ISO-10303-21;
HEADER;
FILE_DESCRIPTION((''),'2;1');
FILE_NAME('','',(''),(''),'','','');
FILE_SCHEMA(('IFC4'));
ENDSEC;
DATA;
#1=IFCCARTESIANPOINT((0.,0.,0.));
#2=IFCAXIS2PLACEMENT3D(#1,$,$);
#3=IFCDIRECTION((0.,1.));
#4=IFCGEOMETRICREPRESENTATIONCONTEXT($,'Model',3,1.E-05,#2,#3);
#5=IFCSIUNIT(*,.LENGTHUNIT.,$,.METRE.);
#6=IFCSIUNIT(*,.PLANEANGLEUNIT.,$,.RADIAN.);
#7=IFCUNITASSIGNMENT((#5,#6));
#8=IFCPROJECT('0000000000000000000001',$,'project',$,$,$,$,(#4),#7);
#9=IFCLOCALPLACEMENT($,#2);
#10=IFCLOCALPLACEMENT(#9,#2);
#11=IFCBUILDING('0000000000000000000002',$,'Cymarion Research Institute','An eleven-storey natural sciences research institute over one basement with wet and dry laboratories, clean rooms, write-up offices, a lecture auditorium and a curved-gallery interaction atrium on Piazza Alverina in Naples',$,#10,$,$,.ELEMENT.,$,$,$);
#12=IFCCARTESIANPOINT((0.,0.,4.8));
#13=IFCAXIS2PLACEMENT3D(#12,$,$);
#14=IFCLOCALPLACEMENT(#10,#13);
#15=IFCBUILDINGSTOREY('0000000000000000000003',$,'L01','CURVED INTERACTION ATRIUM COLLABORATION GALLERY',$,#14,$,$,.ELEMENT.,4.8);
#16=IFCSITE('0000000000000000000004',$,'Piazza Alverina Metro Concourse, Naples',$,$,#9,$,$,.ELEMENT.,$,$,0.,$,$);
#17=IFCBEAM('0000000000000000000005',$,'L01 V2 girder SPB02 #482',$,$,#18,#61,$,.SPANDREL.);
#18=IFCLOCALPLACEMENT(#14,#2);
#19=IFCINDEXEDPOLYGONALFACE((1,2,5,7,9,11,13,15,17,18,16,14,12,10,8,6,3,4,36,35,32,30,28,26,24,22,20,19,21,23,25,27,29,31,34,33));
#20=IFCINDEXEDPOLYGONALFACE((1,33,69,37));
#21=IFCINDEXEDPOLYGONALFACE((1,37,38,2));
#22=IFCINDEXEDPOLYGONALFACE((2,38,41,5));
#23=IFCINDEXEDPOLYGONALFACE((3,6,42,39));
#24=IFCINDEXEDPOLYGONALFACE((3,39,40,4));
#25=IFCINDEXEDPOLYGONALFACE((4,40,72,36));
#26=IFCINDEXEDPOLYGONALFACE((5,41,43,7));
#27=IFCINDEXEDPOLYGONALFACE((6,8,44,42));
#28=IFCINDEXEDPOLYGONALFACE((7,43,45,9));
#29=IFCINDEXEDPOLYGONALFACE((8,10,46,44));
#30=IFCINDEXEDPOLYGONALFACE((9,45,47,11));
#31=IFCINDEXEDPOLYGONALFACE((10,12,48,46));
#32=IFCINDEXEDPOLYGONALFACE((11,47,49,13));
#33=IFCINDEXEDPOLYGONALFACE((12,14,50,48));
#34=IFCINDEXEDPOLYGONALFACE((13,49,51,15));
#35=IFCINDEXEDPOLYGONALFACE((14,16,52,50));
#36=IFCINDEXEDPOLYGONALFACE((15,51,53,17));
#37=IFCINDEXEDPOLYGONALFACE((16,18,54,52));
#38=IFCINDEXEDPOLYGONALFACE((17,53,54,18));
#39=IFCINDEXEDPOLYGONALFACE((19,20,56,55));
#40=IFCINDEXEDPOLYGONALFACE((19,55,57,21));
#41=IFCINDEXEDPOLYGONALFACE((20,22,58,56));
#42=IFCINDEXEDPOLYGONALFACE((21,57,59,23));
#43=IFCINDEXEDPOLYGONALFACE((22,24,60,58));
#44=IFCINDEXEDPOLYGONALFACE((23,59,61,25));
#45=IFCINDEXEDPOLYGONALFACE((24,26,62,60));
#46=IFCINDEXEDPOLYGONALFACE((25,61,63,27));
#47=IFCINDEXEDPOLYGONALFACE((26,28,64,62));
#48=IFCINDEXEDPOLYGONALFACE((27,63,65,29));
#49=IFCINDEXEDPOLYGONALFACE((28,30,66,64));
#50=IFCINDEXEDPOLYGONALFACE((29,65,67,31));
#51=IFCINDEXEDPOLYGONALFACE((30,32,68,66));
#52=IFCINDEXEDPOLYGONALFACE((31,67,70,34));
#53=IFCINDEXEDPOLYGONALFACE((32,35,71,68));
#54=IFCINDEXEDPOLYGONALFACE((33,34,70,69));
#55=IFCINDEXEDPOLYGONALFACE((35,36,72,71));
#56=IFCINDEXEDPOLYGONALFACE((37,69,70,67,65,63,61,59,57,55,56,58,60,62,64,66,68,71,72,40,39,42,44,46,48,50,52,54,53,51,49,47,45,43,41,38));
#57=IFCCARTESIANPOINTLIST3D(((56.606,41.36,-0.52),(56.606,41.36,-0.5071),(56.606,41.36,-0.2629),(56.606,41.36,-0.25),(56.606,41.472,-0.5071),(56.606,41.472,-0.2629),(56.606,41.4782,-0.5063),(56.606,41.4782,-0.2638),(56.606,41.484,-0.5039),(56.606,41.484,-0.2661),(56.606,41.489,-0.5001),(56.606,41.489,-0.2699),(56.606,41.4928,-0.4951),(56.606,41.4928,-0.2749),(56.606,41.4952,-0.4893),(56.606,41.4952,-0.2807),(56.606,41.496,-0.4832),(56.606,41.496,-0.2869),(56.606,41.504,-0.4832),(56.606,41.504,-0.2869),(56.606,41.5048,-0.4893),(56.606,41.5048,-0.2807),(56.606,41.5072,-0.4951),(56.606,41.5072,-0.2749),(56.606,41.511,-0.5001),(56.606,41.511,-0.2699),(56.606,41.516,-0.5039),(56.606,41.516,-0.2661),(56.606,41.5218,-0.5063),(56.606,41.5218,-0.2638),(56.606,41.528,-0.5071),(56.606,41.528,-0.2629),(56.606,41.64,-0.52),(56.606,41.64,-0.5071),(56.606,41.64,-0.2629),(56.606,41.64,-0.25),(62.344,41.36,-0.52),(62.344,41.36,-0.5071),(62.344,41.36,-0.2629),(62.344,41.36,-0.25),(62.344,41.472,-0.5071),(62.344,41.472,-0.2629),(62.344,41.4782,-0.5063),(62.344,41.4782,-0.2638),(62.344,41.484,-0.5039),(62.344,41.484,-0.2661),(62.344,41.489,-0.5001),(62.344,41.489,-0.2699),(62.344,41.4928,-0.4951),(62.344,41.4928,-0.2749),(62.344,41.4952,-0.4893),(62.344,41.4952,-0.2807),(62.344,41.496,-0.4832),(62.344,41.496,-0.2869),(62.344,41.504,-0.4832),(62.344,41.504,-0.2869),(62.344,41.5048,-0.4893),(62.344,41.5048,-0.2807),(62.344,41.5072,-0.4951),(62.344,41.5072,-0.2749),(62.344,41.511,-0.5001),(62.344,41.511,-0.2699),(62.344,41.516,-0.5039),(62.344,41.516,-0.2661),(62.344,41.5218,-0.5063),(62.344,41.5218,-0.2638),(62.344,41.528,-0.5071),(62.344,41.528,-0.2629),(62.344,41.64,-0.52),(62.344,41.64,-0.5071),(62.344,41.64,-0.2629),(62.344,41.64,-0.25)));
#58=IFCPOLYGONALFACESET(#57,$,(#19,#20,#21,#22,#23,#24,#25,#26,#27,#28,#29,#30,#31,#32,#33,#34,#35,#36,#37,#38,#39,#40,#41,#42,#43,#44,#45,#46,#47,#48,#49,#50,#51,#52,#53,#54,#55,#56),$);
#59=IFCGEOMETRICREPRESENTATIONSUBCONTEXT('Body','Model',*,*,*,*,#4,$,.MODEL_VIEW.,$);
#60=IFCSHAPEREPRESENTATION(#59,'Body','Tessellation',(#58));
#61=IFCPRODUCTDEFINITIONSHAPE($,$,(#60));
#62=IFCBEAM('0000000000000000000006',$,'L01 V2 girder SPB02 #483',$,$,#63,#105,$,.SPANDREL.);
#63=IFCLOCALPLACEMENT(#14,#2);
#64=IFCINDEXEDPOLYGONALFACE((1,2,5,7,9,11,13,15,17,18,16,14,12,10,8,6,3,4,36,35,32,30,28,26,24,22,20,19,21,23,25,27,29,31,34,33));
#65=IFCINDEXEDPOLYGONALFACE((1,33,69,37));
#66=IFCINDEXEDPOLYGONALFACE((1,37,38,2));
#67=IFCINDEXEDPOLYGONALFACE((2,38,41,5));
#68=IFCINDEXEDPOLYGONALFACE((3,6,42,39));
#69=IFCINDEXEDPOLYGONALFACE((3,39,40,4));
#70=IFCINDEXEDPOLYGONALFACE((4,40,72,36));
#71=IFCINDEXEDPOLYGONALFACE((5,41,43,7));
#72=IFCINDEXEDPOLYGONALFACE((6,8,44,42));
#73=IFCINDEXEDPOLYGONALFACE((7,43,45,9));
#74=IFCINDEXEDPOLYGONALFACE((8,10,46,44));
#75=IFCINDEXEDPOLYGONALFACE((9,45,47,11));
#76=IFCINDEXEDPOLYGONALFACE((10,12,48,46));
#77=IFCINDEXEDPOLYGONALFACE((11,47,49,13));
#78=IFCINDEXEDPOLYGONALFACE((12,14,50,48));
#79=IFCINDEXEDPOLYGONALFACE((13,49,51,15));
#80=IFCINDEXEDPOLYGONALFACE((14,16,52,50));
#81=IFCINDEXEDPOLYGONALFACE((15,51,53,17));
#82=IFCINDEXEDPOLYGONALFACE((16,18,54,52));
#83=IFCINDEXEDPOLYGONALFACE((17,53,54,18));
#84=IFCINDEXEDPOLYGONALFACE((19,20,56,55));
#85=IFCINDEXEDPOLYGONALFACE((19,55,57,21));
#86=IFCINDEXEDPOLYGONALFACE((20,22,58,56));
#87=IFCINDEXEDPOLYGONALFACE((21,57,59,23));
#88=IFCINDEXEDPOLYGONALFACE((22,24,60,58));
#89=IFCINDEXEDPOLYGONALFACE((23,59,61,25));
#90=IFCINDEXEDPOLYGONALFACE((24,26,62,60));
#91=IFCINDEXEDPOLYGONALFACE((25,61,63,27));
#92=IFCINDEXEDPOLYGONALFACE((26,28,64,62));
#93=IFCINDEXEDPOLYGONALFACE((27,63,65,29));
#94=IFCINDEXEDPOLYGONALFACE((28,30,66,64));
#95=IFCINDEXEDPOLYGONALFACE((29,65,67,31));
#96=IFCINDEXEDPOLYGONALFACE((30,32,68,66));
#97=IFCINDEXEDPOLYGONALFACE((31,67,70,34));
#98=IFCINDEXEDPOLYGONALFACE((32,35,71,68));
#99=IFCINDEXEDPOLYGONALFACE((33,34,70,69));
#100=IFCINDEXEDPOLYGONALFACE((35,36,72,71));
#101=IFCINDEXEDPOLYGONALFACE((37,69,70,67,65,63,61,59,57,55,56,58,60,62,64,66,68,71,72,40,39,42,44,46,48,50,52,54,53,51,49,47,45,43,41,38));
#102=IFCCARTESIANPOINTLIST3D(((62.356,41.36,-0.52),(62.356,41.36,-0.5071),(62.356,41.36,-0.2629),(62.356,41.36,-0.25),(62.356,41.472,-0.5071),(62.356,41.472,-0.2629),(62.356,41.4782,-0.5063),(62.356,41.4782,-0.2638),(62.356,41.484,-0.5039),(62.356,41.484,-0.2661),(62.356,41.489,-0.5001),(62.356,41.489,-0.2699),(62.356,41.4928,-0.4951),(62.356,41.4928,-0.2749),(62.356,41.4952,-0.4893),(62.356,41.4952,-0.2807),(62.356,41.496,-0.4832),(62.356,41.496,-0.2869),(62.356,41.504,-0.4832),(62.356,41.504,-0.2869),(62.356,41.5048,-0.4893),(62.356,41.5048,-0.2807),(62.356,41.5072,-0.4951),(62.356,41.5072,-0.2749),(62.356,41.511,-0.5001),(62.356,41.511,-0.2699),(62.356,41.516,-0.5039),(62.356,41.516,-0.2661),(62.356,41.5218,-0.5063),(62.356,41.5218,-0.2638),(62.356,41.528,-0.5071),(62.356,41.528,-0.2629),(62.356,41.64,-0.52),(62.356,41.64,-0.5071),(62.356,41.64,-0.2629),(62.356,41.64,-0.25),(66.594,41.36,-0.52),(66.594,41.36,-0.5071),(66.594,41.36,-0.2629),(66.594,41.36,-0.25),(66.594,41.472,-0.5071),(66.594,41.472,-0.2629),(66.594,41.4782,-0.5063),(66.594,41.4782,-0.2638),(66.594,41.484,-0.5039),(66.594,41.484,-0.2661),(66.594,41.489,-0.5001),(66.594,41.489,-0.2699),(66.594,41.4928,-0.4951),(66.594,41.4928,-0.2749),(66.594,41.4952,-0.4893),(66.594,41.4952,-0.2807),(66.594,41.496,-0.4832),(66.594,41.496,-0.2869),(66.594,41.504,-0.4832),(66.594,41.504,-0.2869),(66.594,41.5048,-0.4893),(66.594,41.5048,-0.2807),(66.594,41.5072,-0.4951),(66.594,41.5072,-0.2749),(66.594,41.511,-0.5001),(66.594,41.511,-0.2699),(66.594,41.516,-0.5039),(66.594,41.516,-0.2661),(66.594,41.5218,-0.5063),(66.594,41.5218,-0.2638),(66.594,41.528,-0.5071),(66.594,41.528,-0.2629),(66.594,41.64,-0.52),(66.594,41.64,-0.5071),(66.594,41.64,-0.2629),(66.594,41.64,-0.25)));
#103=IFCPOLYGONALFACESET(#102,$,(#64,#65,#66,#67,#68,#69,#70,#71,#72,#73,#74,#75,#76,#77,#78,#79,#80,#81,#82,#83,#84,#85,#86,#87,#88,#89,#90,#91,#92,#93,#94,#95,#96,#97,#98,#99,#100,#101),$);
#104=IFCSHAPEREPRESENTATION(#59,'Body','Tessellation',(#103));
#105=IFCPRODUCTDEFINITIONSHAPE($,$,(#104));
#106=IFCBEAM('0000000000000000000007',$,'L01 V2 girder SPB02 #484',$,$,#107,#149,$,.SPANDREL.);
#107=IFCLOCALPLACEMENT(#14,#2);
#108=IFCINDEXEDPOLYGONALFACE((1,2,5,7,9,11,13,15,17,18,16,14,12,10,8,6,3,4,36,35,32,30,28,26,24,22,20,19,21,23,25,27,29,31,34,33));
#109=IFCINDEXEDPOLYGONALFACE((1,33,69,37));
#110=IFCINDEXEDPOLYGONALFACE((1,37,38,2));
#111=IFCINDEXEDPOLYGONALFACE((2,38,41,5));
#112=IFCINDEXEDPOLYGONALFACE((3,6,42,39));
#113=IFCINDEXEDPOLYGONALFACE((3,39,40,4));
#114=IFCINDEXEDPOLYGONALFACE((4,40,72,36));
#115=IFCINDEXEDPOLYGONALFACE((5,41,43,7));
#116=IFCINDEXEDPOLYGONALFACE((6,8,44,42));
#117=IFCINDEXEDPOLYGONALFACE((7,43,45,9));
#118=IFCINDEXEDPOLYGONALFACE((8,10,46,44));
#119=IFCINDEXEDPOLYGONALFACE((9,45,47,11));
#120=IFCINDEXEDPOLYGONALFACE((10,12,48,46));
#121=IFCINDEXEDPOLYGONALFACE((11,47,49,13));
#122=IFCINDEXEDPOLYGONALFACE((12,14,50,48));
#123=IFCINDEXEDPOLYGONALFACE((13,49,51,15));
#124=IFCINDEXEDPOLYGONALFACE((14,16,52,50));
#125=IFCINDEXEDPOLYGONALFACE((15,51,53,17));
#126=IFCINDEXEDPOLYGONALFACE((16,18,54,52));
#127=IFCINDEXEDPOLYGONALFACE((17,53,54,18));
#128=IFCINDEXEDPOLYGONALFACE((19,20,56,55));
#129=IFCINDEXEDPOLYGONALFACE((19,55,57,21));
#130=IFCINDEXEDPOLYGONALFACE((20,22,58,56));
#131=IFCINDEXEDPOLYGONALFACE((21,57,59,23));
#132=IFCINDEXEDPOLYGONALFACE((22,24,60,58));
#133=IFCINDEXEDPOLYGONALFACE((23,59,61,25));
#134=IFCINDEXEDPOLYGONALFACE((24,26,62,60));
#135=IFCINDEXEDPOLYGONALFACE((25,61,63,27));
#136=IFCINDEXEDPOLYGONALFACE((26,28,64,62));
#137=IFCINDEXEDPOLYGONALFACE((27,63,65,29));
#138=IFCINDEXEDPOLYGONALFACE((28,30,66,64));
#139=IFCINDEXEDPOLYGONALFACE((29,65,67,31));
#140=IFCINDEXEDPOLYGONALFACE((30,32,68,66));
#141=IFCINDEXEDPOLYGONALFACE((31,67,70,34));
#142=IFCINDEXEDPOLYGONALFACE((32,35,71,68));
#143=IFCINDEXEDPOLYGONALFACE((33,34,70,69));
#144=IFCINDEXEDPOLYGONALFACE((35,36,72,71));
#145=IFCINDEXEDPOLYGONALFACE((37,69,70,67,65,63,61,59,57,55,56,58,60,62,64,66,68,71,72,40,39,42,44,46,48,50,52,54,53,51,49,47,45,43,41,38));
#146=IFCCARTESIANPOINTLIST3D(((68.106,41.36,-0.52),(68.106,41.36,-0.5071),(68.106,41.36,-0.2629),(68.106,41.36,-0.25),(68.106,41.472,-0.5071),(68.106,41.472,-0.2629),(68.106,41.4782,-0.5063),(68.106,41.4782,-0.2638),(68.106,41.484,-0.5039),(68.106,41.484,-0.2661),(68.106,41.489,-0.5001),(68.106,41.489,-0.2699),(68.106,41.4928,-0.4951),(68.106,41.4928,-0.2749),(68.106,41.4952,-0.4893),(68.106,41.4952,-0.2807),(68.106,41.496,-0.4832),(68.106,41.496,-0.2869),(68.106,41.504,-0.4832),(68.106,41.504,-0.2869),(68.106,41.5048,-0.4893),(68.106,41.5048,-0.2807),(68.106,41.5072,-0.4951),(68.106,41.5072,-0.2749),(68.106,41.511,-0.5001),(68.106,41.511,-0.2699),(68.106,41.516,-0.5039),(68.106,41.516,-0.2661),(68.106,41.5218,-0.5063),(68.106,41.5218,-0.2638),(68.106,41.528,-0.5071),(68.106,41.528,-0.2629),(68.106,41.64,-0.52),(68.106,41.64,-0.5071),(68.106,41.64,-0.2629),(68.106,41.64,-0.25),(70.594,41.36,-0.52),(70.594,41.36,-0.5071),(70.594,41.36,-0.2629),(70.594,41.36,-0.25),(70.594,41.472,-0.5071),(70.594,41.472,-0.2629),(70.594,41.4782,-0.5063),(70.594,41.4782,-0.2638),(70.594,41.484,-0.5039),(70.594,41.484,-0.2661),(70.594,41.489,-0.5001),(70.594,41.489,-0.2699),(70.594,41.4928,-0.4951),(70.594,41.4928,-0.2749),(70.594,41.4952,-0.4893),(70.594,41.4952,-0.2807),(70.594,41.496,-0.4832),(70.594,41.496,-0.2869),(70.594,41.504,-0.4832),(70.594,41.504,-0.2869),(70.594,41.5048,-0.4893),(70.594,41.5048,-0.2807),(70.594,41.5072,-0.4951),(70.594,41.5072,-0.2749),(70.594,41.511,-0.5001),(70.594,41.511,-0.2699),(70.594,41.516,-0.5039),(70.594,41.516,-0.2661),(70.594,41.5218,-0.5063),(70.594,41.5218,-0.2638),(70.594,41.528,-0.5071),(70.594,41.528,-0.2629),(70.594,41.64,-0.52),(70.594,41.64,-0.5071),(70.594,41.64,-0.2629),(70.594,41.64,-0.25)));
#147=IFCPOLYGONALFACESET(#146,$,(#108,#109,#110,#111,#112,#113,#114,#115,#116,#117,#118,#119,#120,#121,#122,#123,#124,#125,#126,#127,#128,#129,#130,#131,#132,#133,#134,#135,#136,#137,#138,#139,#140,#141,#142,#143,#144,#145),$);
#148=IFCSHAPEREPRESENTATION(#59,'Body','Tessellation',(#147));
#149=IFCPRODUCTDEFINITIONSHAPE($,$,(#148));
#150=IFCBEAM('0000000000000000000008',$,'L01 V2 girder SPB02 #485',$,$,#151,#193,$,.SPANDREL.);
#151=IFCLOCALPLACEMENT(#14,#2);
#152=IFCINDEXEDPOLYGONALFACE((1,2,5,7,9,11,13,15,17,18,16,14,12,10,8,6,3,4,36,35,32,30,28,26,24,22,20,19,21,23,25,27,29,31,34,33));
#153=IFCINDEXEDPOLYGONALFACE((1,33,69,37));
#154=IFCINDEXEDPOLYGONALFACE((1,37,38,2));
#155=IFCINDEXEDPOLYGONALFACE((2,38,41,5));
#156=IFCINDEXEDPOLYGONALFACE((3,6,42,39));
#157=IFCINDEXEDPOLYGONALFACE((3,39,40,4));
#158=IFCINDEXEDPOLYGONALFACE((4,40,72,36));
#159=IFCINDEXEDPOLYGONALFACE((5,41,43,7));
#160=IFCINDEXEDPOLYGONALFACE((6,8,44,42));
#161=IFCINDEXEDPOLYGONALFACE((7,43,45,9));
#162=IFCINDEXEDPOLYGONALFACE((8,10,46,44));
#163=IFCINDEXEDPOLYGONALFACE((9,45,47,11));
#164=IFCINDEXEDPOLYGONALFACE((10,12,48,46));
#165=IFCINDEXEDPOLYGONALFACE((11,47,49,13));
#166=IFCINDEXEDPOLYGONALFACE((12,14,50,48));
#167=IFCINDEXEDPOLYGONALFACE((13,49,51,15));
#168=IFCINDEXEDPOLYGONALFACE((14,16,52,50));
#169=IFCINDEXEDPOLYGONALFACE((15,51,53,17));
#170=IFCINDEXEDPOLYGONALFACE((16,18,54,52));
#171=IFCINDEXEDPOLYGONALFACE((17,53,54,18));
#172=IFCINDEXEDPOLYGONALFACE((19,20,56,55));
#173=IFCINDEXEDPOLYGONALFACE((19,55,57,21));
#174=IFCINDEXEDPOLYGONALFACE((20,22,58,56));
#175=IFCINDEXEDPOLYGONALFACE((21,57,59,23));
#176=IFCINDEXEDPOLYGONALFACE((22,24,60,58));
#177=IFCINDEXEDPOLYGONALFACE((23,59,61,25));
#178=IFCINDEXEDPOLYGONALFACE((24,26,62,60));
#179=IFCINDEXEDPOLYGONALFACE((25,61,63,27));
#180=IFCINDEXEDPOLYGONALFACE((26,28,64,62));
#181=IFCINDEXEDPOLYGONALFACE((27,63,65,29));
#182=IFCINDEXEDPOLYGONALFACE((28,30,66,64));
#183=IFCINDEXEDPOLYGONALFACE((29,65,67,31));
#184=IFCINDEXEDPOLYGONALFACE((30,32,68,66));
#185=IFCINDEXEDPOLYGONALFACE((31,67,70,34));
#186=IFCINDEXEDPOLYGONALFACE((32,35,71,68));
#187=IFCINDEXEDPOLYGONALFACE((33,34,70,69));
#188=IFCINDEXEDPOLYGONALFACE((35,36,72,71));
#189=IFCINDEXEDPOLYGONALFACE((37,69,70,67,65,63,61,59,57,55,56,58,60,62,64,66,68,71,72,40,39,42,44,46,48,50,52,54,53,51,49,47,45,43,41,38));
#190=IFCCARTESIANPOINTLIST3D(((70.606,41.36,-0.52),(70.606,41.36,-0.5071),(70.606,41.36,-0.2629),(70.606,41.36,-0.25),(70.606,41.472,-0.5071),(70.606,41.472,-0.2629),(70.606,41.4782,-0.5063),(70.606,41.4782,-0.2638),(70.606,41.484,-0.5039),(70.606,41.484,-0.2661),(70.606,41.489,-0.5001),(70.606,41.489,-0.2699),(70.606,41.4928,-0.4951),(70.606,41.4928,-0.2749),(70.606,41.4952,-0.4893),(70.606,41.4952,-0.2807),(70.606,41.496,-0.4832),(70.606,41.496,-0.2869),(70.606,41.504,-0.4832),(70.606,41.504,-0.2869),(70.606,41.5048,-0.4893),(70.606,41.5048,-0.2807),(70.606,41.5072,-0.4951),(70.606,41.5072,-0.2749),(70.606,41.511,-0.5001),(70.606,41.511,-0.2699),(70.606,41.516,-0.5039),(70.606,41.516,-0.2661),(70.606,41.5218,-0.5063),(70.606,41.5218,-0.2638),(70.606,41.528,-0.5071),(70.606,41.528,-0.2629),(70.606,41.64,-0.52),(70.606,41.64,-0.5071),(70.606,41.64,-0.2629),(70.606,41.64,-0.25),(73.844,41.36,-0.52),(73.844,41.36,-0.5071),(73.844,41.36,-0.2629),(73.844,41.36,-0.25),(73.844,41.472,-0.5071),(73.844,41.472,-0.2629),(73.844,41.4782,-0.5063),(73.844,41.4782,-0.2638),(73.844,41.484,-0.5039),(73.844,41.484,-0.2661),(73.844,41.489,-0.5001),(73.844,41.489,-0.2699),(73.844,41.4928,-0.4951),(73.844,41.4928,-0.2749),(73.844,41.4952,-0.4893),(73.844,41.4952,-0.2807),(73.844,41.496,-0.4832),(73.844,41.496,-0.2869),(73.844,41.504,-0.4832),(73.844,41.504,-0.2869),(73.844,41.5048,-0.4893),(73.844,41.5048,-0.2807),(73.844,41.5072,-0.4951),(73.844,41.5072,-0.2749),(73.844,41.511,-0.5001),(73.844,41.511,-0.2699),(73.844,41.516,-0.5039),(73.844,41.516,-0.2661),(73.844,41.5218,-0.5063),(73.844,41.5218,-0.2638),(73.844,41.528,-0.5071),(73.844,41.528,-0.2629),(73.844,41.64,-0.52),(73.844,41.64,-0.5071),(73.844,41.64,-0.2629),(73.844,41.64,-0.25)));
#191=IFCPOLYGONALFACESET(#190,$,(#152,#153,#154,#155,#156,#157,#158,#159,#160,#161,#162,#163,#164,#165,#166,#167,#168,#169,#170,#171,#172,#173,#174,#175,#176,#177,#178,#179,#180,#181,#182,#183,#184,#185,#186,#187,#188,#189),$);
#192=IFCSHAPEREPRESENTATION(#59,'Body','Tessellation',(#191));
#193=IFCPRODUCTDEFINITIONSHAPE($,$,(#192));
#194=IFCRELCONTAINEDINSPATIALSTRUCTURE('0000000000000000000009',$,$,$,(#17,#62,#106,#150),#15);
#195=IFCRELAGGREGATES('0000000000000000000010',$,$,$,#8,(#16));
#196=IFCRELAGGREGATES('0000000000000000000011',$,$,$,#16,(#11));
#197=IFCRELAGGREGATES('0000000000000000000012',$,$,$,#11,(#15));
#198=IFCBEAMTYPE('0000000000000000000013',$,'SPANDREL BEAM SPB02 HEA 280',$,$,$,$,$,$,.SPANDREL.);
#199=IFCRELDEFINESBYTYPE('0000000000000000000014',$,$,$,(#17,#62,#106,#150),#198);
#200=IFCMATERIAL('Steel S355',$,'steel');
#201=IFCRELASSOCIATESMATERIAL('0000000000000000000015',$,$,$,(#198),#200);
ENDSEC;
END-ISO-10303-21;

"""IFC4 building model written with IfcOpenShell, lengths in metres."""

from ifc_helpers import new_model, si_unit, direction, frame, origin, origin_2d, place, context, subcontext, project, spatial, i_section, extrude, material, material_profile, profile_set, type_object, element, save


model = new_model("IFC4")

# Units and contexts
model_context = context("Model", 3, precision=1e-05, world=origin(), true_north=direction((0.0, 1.0)))
body_context = subcontext(model_context, "Body", "Model", "MODEL_VIEW")
ifc_project = project(units=[si_unit("LENGTHUNIT", "METRE"), si_unit("PLANEANGLEUNIT", "RADIAN")], contexts=[model_context])

# Site, building, storey
site_placement = place(None, origin())
site = spatial("IfcSite", under=ifc_project, at=site_placement, Name="Piazza Alverina Metro Concourse, Naples", CompositionType="ELEMENT", RefElevation=0.0)
building_placement = place(site_placement, origin())
building = spatial("IfcBuilding", under=site, at=building_placement, Name="Cymarion Research Institute", Description="An eleven-storey natural sciences research institute over one basement with wet and dry laboratories, clean rooms, write-up offices, a lecture auditorium and a curved-gallery interaction atrium on Piazza Alverina in Naples", CompositionType="ELEMENT")
storey_placement = place(building_placement, frame((0.0, 0.0, 4.8)))
storey = spatial("IfcBuildingStorey", under=building, at=storey_placement, Name="L01", Description="CURVED INTERACTION ATRIUM COLLABORATION GALLERY", CompositionType="ELEMENT", Elevation=4.8)

# Shared definitions
ifc_material_1 = material(Name="Steel S355", Category="steel")

# Beams
ifc_material_profile_1 = material_profile(ifc_material_1, i_section(OverallWidth=0.28, OverallDepth=0.27, WebThickness=0.0081, FlangeThickness=0.0129, FilletRadius=0.0239, at=origin_2d()), Name="HEA 280")
ifc_profile_set_1 = profile_set([ifc_material_profile_1], Name="Steel S355")
beam_type_1 = type_object("IfcBeamType", Name="SPANDREL BEAM SPB02 HEA 280", PredefinedType="SPANDREL", material=ifc_profile_set_1)
beam_1_placement = place(storey_placement, frame((56.606, 41.5, -0.385), z_axis=(1.0, 0.0, 0.0), x_axis=(0.0, 1.0, 0.0)))
element("IfcBeam", 1, at=beam_1_placement, inside=storey, type_object=beam_type_1, Name="L01 V2 girder SPB02 #482", PredefinedType="SPANDREL", context=body_context, shape_type="SweptSolid", body=[
    extrude(i_section(OverallWidth=0.28, OverallDepth=0.27, WebThickness=0.0081, FlangeThickness=0.0129, FilletRadius=0.0239, at=origin_2d()), origin(), (0.0, 0.0, 1.0), 5.738),
])
beam_2_placement = place(storey_placement, frame((62.356, 41.5, -0.385), z_axis=(1.0, 0.0, 0.0), x_axis=(0.0, 1.0, 0.0)))
element("IfcBeam", 2, at=beam_2_placement, inside=storey, type_object=beam_type_1, Name="L01 V2 girder SPB02 #483", PredefinedType="SPANDREL", context=body_context, shape_type="SweptSolid", body=[
    extrude(i_section(OverallWidth=0.28, OverallDepth=0.27, WebThickness=0.0081, FlangeThickness=0.0129, FilletRadius=0.0239, at=origin_2d()), origin(), (0.0, 0.0, 1.0), 4.238),
])
beam_3_placement = place(storey_placement, frame((68.106, 41.5, -0.385), z_axis=(1.0, 0.0, 0.0), x_axis=(0.0, 1.0, 0.0)))
element("IfcBeam", 3, at=beam_3_placement, inside=storey, type_object=beam_type_1, Name="L01 V2 girder SPB02 #484", PredefinedType="SPANDREL", context=body_context, shape_type="SweptSolid", body=[
    extrude(i_section(OverallWidth=0.28, OverallDepth=0.27, WebThickness=0.0081, FlangeThickness=0.0129, FilletRadius=0.0239, at=origin_2d()), origin(), (0.0, 0.0, 1.0), 2.488),
])
beam_4_placement = place(storey_placement, frame((70.606, 41.5, -0.385), z_axis=(1.0, 0.0, 0.0), x_axis=(0.0, 1.0, 0.0)))
element("IfcBeam", 4, at=beam_4_placement, inside=storey, type_object=beam_type_1, Name="L01 V2 girder SPB02 #485", PredefinedType="SPANDREL", context=body_context, shape_type="SweptSolid", body=[
    extrude(i_section(OverallWidth=0.28, OverallDepth=0.27, WebThickness=0.0081, FlangeThickness=0.0129, FilletRadius=0.0239, at=origin_2d()), origin(), (0.0, 0.0, 1.0), 3.238),
])

save(model, "model.ifc")
